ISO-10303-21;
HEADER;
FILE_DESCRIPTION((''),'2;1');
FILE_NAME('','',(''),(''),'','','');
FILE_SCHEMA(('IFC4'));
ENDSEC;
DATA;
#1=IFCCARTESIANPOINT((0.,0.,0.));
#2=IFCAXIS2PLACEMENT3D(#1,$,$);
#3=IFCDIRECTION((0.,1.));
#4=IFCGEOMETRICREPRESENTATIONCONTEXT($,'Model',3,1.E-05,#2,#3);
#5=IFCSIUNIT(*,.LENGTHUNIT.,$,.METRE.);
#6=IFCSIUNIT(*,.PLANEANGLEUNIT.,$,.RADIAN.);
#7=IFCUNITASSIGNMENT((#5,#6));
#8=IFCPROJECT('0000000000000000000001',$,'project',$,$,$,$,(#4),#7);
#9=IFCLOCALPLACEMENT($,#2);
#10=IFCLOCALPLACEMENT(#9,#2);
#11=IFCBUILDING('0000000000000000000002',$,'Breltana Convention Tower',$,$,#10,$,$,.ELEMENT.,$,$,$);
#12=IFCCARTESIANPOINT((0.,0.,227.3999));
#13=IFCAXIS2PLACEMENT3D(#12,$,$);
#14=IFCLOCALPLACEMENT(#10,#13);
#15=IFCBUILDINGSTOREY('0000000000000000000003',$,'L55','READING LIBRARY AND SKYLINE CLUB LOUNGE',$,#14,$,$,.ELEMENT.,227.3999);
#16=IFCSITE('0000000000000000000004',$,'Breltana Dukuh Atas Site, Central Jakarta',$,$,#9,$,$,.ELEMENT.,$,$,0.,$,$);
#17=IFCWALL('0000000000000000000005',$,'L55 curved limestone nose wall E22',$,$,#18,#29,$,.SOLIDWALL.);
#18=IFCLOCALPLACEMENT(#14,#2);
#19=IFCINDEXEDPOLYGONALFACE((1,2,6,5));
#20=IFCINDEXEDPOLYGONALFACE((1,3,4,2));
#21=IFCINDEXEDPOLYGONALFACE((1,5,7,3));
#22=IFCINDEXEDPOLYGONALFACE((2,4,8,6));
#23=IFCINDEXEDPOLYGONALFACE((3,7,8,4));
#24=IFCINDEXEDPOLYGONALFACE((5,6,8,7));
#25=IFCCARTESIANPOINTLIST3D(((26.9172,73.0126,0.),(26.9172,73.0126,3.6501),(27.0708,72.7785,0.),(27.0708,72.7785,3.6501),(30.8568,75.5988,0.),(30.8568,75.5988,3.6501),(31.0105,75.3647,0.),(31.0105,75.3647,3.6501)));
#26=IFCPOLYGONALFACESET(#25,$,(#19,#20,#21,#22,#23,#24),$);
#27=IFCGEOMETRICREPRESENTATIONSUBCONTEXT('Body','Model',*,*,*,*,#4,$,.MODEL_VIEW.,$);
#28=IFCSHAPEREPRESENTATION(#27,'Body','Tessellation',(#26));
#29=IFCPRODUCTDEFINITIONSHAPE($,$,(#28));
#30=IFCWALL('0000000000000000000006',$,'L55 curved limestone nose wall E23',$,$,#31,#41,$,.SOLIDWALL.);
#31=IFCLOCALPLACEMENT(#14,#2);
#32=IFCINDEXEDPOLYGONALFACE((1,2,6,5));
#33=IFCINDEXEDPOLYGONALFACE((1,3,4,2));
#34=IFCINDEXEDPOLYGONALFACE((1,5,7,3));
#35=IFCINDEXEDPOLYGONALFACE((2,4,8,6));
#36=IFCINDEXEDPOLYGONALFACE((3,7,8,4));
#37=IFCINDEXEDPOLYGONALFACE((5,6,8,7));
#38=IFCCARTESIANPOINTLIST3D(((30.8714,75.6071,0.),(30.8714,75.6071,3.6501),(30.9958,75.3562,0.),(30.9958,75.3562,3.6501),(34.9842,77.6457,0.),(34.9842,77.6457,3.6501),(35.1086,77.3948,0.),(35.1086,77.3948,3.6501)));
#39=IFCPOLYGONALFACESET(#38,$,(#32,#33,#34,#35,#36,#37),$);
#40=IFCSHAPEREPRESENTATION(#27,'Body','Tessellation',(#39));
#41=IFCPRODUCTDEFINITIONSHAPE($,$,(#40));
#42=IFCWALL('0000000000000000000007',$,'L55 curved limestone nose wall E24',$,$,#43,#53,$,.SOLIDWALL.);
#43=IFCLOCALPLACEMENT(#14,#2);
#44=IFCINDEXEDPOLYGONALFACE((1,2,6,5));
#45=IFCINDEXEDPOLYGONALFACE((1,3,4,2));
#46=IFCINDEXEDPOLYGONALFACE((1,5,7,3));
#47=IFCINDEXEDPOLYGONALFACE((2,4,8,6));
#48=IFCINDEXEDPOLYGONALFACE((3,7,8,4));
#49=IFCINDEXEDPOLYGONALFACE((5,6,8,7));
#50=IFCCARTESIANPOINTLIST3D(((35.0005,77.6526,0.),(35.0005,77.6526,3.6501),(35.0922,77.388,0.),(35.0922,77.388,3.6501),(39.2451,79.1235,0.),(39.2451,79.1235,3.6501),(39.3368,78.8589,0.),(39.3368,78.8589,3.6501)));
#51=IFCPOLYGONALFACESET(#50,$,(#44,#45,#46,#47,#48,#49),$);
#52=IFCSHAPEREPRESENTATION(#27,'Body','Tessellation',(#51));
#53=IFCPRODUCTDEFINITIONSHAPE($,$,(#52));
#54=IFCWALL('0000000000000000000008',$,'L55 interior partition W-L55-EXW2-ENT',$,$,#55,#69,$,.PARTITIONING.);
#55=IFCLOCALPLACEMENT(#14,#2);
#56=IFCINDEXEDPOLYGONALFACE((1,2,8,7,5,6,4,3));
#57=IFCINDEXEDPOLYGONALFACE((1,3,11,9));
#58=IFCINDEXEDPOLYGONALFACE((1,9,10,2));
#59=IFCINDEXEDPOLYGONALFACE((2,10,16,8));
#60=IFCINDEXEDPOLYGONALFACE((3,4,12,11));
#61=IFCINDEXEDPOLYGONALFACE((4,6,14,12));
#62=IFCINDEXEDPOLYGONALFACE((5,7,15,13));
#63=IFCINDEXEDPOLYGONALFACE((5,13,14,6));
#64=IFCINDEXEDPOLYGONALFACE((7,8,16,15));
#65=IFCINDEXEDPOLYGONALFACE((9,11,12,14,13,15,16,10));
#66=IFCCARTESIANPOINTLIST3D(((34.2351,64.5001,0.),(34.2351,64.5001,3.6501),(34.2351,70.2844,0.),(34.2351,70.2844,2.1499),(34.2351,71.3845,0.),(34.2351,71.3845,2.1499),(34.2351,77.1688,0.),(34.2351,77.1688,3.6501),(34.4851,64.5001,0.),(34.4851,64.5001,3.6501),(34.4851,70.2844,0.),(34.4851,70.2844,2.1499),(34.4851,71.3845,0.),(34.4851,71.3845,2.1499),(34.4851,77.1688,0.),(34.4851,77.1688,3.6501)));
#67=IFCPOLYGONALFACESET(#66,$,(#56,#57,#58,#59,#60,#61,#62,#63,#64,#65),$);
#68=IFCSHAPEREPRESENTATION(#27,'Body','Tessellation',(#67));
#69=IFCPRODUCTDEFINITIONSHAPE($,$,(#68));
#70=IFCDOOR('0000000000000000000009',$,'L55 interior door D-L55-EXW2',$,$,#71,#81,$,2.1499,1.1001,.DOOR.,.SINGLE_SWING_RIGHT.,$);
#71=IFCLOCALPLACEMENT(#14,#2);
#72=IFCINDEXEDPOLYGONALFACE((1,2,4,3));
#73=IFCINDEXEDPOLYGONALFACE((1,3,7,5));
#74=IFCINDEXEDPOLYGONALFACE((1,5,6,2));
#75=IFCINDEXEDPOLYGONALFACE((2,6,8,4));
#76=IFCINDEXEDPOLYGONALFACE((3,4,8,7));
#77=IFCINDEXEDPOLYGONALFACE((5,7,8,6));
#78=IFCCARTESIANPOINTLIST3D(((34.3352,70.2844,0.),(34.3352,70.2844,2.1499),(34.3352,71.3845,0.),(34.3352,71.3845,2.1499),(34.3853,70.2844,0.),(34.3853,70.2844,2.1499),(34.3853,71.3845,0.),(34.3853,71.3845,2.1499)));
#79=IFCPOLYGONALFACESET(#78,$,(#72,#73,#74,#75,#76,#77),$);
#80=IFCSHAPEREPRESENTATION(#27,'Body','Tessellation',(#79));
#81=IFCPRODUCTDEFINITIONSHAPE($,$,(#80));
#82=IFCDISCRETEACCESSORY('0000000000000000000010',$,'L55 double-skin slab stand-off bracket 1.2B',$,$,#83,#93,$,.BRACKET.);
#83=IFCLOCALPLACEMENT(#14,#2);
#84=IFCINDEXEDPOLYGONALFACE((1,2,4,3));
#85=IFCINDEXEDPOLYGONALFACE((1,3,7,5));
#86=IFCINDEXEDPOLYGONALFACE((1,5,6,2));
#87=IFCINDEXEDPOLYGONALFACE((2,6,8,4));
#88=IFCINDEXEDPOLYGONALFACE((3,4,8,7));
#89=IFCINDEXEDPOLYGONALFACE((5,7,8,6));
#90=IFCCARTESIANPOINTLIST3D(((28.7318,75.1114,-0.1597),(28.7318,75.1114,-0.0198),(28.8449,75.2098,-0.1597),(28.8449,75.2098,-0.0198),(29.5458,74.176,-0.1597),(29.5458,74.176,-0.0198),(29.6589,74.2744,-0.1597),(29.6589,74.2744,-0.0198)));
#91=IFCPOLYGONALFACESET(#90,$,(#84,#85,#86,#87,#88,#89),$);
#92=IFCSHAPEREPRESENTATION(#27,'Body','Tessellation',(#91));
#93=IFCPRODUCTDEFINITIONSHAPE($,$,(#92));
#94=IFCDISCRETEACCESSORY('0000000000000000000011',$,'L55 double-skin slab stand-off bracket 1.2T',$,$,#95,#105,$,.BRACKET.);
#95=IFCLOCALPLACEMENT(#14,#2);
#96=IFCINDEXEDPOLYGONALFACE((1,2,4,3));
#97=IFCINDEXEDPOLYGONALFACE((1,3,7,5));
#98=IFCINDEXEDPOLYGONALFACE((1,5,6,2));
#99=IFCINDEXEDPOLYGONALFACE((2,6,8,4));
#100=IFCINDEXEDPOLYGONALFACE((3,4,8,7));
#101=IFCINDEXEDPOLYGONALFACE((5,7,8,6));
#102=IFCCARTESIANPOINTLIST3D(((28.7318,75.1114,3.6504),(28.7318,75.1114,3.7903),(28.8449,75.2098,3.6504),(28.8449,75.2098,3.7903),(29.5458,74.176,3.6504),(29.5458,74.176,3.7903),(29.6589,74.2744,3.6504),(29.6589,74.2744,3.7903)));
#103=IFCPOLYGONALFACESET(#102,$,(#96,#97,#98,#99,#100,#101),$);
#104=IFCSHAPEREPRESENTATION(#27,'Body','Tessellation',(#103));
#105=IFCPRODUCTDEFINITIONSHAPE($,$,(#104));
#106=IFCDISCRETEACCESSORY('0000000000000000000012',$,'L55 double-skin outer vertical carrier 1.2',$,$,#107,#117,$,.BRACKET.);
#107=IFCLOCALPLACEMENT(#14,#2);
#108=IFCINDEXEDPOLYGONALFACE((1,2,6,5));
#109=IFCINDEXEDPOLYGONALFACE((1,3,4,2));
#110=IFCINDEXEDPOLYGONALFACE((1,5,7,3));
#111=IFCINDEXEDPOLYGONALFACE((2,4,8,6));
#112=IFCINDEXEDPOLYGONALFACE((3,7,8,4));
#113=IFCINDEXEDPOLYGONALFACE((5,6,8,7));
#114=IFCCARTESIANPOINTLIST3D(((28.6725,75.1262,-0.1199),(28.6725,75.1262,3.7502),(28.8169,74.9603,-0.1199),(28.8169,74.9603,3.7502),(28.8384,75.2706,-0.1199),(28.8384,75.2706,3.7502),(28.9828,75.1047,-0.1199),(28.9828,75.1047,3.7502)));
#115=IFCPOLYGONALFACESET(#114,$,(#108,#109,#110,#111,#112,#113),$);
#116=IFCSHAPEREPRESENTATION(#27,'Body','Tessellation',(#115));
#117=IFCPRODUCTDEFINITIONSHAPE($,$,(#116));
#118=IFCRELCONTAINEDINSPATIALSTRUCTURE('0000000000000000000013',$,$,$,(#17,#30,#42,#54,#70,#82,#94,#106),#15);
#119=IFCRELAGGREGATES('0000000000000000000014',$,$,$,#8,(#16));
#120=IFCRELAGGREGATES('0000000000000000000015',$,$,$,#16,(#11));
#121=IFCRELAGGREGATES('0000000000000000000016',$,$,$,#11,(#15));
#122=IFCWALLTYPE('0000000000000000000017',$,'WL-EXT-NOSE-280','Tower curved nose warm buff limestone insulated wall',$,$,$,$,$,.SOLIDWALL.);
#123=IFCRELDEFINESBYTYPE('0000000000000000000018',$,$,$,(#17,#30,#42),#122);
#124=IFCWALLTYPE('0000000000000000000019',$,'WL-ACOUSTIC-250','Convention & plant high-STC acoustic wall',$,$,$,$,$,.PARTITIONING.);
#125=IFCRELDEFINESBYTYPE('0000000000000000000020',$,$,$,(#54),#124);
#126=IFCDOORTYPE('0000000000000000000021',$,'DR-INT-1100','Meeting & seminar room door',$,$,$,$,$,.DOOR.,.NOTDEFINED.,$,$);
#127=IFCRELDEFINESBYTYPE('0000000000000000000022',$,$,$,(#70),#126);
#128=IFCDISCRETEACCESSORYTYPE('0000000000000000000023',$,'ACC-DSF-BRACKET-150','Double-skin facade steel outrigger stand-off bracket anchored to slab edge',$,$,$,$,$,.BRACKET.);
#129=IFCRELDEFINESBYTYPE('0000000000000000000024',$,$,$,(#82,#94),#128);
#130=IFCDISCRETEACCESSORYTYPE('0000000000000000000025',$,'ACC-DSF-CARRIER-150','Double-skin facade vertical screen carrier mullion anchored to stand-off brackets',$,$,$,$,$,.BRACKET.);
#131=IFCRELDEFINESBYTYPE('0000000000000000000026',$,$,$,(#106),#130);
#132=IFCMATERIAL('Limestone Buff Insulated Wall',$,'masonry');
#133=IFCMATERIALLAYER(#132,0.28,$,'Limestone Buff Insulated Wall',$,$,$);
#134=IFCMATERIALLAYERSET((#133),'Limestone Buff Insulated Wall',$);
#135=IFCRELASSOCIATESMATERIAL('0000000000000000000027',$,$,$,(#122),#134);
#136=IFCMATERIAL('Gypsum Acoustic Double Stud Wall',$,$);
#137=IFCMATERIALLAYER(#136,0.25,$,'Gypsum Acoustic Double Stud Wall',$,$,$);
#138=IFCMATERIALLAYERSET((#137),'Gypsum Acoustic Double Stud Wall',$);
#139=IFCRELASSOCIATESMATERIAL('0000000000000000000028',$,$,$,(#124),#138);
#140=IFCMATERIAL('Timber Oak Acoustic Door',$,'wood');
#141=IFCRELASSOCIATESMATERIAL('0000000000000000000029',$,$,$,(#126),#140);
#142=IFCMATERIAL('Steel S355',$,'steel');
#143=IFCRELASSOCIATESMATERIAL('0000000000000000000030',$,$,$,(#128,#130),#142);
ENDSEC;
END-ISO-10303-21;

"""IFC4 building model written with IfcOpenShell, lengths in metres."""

from ifc_helpers import new_model, si_unit, direction, frame, frame_2d, origin, origin_2d, place, context, subcontext, project, spatial, rectangle, extrude, source, transform, mapped, material, layer, layer_set, type_object, type_shapes, element, fill, save


model = new_model("IFC4")

# Units and contexts
model_context = context("Model", 3, precision=1e-05, world=origin(), true_north=direction((0.0, 1.0)))
body_context = subcontext(model_context, "Body", "Model", "MODEL_VIEW")
ifc_project = project(units=[si_unit("LENGTHUNIT", "METRE"), si_unit("PLANEANGLEUNIT", "RADIAN")], contexts=[model_context])

# Site, building, storey
site_placement = place(None, origin())
site = spatial("IfcSite", under=ifc_project, at=site_placement, Name="Breltana Dukuh Atas Site, Central Jakarta", CompositionType="ELEMENT", RefElevation=0.0)
building_placement = place(site_placement, origin())
building = spatial("IfcBuilding", under=site, at=building_placement, Name="Breltana Convention Tower", CompositionType="ELEMENT")
storey_placement = place(building_placement, frame((0.0, 0.0, 227.3999)))
storey = spatial("IfcBuildingStorey", under=building, at=storey_placement, Name="L55", Description="READING LIBRARY AND SKYLINE CLUB LOUNGE", CompositionType="ELEMENT", Elevation=227.3999)

# Walls
ifc_material_1 = material(Name="Limestone Buff Insulated Wall", Category="masonry")
ifc_layer_1 = layer(ifc_material_1, 0.28, Name="Limestone Buff Insulated Wall")
ifc_layer_set_1 = layer_set([ifc_layer_1], Name="Limestone Buff Insulated Wall")
wall_type_1 = type_object("IfcWallType", Name="WL-EXT-NOSE-280", Description="Tower curved nose warm buff limestone insulated wall", PredefinedType="SOLIDWALL", material=ifc_layer_set_1)
shared_shape_1 = source(origin(), body_context, "Body", "SweptSolid", [
    extrude(rectangle(XDim=4.7126, YDim=0.28, at=frame_2d((2.3564, 0.0))), origin(), (0.0, 0.0, 1.0), 3.6501),
])
wall_1_placement = place(storey_placement, frame((26.9939, 72.8955, 0.0), z_axis=(0.0, 0.0, 1.0), x_axis=(0.835974, 0.548768, 0.0)))
element("IfcWall", 1, at=wall_1_placement, inside=storey, type_object=wall_type_1, Name="L55 curved limestone nose wall E22", PredefinedType="SOLIDWALL", context=body_context, shape_type="MappedRepresentation", body=[
    mapped(shared_shape_1, transform((0.0, 0.0, 0.0), scale=1.0)),
])
shared_shape_2 = source(origin(), body_context, "Body", "SweptSolid", [
    extrude(rectangle(XDim=4.5903, YDim=0.28, at=frame_2d((2.2952, 0.0))), origin(), (0.0, 0.0, 1.0), 3.6501),
])
wall_2_placement = place(storey_placement, frame((30.9336, 75.4817, 0.0), z_axis=(0.0, 0.0, 1.0), x_axis=(0.895975, 0.444105, 0.0)))
element("IfcWall", 2, at=wall_2_placement, inside=storey, type_object=wall_type_1, Name="L55 curved limestone nose wall E23", PredefinedType="SOLIDWALL", context=body_context, shape_type="MappedRepresentation", body=[
    mapped(shared_shape_2, transform((0.0, 0.0, 0.0), scale=1.0)),
])
shared_shape_3 = source(origin(), body_context, "Body", "SweptSolid", [
    extrude(rectangle(XDim=4.4922, YDim=0.28, at=frame_2d((2.2461, 0.0))), origin(), (0.0, 0.0, 1.0), 3.6501),
])
wall_3_placement = place(storey_placement, frame((35.0464, 77.5203, 0.0), z_axis=(0.0, 0.0, 1.0), x_axis=(0.944872, 0.327439, 0.0)))
element("IfcWall", 3, at=wall_3_placement, inside=storey, type_object=wall_type_1, Name="L55 curved limestone nose wall E24", PredefinedType="SOLIDWALL", context=body_context, shape_type="MappedRepresentation", body=[
    mapped(shared_shape_3, transform((0.0, 0.0, 0.0), scale=1.0)),
])

# Wall, opening, door
ifc_material_2 = material(Name="Gypsum Acoustic Double Stud Wall")
ifc_layer_2 = layer(ifc_material_2, 0.25, Name="Gypsum Acoustic Double Stud Wall")
ifc_layer_set_2 = layer_set([ifc_layer_2], Name="Gypsum Acoustic Double Stud Wall")
wall_type_2 = type_object("IfcWallType", Name="WL-ACOUSTIC-250", Description="Convention & plant high-STC acoustic wall", PredefinedType="PARTITIONING", material=ifc_layer_set_2)
shared_shape_4 = source(origin(), body_context, "Body", "SweptSolid", [
    extrude(rectangle(XDim=12.6687, YDim=0.25, at=frame_2d((6.3345, 0.0))), origin(), (0.0, 0.0, 1.0), 3.6501),
])
wall_4_placement = place(storey_placement, frame((34.3601, 64.5, 0.0), z_axis=(0.0, 0.0, 1.0), x_axis=(0.0, 1.0, 0.0)))
wall_4 = element("IfcWall", 4, at=wall_4_placement, inside=storey, type_object=wall_type_2, Name="L55 interior partition W-L55-EXW2-ENT", PredefinedType="PARTITIONING", context=body_context, shape_type="MappedRepresentation", body=[
    mapped(shared_shape_4, transform((0.0, 0.0, 0.0), scale=1.0)),
])
opening_1_placement = place(wall_4_placement, frame((5.7844, 0.0, 0.0)))
opening_1 = element("IfcOpeningElement", 5, at=opening_1_placement, cuts=wall_4, PredefinedType="OPENING", context=body_context, shape_type="SweptSolid", body=[
    extrude(rectangle(XDim=1.1001, YDim=2.1499, at=frame_2d((0.55, 1.075))), frame((0.0, 0.135, 0.0), z_axis=(0.0, -1.0, 0.0), x_axis=(1.0, 0.0, 0.0)), (0.0, 0.0, 1.0), 0.27),
])
ifc_material_3 = material(Name="Timber Oak Acoustic Door", Category="wood")
door_type_1 = type_object("IfcDoorType", Name="DR-INT-1100", Description="Meeting & seminar room door", OperationType="NOTDEFINED", PredefinedType="DOOR", material=ifc_material_3)
shared_shape_5 = source(origin(), body_context, "Body", "SweptSolid", [
    extrude(rectangle(XDim=1.1001, YDim=2.1499, at=frame_2d((0.55, 1.075))), frame((0.0, 0.0249, 0.0), z_axis=(0.0, -1.0, 0.0), x_axis=(1.0, 0.0, 0.0)), (0.0, 0.0, 1.0), 0.05),
])
type_shapes(door_type_1, [shared_shape_5])
door_1_placement = place(opening_1_placement, origin())
door_1 = element("IfcDoor", 6, at=door_1_placement, inside=storey, type_object=door_type_1, Name="L55 interior door D-L55-EXW2", OperationType="SINGLE_SWING_RIGHT", OverallHeight=2.1499, OverallWidth=1.1001, PredefinedType="DOOR", context=body_context, shape_type="MappedRepresentation", body=[
    mapped(shared_shape_5, transform((0.0, 0.0, 0.0), scale=1.0)),
])
fill(opening_1, door_1)

# Discrete accessories
ifc_material_4 = material(Name="Steel S355", Category="steel")
discrete_accessory_type_1 = type_object("IfcDiscreteAccessoryType", Name="ACC-DSF-BRACKET-150", Description="Double-skin facade steel outrigger stand-off bracket anchored to slab edge", PredefinedType="BRACKET", material=ifc_material_4)
shared_shape_6 = source(origin(), body_context, "Body", "SweptSolid", [
    extrude(rectangle(XDim=1.24, YDim=0.1499, at=origin_2d()), origin(), (0.0, 0.0, 1.0), 0.1399),
])
type_shapes(discrete_accessory_type_1, [shared_shape_6])
for number, where, z_axis, x_axis, name in (
    (7, (29.1953, 74.6929, -0.1597), (0.0, 0.0, 1.0), (-0.656452, 0.754368, 0.0), "L55 double-skin slab stand-off bracket 1.2B"),
    (8, (29.1953, 74.6929, 3.6504), (0.0, 0.0, 1.0), (-0.656452, 0.754368, 0.0), "L55 double-skin slab stand-off bracket 1.2T"),
):
    element("IfcDiscreteAccessory", number, at=place(storey_placement, frame(where, z_axis=z_axis, x_axis=x_axis)), inside=storey, type_object=discrete_accessory_type_1, Name=name, PredefinedType="BRACKET", context=body_context, shape_type="MappedRepresentation", body=[
        mapped(shared_shape_6, transform((0.0, 0.0, 0.0), scale=1.0)),
    ])
discrete_accessory_type_2 = type_object("IfcDiscreteAccessoryType", Name="ACC-DSF-CARRIER-150", Description="Double-skin facade vertical screen carrier mullion anchored to stand-off brackets", PredefinedType="BRACKET", material=ifc_material_4)
shared_shape_7 = source(origin(), body_context, "Body", "SweptSolid", [
    extrude(rectangle(XDim=0.22, YDim=0.22, at=origin_2d()), origin(), (0.0, 0.0, 1.0), 3.8701),
])
discrete_accessory_placement = place(storey_placement, frame((28.8276, 75.1155, -0.1199), z_axis=(0.0, 0.0, 1.0), x_axis=(-0.656452, 0.754368, 0.0)))
element("IfcDiscreteAccessory", 9, at=discrete_accessory_placement, inside=storey, type_object=discrete_accessory_type_2, Name="L55 double-skin outer vertical carrier 1.2", PredefinedType="BRACKET", context=body_context, shape_type="MappedRepresentation", body=[
    mapped(shared_shape_7, transform((0.0, 0.0, 0.0), scale=1.0)),
])

save(model, "model.ifc")
